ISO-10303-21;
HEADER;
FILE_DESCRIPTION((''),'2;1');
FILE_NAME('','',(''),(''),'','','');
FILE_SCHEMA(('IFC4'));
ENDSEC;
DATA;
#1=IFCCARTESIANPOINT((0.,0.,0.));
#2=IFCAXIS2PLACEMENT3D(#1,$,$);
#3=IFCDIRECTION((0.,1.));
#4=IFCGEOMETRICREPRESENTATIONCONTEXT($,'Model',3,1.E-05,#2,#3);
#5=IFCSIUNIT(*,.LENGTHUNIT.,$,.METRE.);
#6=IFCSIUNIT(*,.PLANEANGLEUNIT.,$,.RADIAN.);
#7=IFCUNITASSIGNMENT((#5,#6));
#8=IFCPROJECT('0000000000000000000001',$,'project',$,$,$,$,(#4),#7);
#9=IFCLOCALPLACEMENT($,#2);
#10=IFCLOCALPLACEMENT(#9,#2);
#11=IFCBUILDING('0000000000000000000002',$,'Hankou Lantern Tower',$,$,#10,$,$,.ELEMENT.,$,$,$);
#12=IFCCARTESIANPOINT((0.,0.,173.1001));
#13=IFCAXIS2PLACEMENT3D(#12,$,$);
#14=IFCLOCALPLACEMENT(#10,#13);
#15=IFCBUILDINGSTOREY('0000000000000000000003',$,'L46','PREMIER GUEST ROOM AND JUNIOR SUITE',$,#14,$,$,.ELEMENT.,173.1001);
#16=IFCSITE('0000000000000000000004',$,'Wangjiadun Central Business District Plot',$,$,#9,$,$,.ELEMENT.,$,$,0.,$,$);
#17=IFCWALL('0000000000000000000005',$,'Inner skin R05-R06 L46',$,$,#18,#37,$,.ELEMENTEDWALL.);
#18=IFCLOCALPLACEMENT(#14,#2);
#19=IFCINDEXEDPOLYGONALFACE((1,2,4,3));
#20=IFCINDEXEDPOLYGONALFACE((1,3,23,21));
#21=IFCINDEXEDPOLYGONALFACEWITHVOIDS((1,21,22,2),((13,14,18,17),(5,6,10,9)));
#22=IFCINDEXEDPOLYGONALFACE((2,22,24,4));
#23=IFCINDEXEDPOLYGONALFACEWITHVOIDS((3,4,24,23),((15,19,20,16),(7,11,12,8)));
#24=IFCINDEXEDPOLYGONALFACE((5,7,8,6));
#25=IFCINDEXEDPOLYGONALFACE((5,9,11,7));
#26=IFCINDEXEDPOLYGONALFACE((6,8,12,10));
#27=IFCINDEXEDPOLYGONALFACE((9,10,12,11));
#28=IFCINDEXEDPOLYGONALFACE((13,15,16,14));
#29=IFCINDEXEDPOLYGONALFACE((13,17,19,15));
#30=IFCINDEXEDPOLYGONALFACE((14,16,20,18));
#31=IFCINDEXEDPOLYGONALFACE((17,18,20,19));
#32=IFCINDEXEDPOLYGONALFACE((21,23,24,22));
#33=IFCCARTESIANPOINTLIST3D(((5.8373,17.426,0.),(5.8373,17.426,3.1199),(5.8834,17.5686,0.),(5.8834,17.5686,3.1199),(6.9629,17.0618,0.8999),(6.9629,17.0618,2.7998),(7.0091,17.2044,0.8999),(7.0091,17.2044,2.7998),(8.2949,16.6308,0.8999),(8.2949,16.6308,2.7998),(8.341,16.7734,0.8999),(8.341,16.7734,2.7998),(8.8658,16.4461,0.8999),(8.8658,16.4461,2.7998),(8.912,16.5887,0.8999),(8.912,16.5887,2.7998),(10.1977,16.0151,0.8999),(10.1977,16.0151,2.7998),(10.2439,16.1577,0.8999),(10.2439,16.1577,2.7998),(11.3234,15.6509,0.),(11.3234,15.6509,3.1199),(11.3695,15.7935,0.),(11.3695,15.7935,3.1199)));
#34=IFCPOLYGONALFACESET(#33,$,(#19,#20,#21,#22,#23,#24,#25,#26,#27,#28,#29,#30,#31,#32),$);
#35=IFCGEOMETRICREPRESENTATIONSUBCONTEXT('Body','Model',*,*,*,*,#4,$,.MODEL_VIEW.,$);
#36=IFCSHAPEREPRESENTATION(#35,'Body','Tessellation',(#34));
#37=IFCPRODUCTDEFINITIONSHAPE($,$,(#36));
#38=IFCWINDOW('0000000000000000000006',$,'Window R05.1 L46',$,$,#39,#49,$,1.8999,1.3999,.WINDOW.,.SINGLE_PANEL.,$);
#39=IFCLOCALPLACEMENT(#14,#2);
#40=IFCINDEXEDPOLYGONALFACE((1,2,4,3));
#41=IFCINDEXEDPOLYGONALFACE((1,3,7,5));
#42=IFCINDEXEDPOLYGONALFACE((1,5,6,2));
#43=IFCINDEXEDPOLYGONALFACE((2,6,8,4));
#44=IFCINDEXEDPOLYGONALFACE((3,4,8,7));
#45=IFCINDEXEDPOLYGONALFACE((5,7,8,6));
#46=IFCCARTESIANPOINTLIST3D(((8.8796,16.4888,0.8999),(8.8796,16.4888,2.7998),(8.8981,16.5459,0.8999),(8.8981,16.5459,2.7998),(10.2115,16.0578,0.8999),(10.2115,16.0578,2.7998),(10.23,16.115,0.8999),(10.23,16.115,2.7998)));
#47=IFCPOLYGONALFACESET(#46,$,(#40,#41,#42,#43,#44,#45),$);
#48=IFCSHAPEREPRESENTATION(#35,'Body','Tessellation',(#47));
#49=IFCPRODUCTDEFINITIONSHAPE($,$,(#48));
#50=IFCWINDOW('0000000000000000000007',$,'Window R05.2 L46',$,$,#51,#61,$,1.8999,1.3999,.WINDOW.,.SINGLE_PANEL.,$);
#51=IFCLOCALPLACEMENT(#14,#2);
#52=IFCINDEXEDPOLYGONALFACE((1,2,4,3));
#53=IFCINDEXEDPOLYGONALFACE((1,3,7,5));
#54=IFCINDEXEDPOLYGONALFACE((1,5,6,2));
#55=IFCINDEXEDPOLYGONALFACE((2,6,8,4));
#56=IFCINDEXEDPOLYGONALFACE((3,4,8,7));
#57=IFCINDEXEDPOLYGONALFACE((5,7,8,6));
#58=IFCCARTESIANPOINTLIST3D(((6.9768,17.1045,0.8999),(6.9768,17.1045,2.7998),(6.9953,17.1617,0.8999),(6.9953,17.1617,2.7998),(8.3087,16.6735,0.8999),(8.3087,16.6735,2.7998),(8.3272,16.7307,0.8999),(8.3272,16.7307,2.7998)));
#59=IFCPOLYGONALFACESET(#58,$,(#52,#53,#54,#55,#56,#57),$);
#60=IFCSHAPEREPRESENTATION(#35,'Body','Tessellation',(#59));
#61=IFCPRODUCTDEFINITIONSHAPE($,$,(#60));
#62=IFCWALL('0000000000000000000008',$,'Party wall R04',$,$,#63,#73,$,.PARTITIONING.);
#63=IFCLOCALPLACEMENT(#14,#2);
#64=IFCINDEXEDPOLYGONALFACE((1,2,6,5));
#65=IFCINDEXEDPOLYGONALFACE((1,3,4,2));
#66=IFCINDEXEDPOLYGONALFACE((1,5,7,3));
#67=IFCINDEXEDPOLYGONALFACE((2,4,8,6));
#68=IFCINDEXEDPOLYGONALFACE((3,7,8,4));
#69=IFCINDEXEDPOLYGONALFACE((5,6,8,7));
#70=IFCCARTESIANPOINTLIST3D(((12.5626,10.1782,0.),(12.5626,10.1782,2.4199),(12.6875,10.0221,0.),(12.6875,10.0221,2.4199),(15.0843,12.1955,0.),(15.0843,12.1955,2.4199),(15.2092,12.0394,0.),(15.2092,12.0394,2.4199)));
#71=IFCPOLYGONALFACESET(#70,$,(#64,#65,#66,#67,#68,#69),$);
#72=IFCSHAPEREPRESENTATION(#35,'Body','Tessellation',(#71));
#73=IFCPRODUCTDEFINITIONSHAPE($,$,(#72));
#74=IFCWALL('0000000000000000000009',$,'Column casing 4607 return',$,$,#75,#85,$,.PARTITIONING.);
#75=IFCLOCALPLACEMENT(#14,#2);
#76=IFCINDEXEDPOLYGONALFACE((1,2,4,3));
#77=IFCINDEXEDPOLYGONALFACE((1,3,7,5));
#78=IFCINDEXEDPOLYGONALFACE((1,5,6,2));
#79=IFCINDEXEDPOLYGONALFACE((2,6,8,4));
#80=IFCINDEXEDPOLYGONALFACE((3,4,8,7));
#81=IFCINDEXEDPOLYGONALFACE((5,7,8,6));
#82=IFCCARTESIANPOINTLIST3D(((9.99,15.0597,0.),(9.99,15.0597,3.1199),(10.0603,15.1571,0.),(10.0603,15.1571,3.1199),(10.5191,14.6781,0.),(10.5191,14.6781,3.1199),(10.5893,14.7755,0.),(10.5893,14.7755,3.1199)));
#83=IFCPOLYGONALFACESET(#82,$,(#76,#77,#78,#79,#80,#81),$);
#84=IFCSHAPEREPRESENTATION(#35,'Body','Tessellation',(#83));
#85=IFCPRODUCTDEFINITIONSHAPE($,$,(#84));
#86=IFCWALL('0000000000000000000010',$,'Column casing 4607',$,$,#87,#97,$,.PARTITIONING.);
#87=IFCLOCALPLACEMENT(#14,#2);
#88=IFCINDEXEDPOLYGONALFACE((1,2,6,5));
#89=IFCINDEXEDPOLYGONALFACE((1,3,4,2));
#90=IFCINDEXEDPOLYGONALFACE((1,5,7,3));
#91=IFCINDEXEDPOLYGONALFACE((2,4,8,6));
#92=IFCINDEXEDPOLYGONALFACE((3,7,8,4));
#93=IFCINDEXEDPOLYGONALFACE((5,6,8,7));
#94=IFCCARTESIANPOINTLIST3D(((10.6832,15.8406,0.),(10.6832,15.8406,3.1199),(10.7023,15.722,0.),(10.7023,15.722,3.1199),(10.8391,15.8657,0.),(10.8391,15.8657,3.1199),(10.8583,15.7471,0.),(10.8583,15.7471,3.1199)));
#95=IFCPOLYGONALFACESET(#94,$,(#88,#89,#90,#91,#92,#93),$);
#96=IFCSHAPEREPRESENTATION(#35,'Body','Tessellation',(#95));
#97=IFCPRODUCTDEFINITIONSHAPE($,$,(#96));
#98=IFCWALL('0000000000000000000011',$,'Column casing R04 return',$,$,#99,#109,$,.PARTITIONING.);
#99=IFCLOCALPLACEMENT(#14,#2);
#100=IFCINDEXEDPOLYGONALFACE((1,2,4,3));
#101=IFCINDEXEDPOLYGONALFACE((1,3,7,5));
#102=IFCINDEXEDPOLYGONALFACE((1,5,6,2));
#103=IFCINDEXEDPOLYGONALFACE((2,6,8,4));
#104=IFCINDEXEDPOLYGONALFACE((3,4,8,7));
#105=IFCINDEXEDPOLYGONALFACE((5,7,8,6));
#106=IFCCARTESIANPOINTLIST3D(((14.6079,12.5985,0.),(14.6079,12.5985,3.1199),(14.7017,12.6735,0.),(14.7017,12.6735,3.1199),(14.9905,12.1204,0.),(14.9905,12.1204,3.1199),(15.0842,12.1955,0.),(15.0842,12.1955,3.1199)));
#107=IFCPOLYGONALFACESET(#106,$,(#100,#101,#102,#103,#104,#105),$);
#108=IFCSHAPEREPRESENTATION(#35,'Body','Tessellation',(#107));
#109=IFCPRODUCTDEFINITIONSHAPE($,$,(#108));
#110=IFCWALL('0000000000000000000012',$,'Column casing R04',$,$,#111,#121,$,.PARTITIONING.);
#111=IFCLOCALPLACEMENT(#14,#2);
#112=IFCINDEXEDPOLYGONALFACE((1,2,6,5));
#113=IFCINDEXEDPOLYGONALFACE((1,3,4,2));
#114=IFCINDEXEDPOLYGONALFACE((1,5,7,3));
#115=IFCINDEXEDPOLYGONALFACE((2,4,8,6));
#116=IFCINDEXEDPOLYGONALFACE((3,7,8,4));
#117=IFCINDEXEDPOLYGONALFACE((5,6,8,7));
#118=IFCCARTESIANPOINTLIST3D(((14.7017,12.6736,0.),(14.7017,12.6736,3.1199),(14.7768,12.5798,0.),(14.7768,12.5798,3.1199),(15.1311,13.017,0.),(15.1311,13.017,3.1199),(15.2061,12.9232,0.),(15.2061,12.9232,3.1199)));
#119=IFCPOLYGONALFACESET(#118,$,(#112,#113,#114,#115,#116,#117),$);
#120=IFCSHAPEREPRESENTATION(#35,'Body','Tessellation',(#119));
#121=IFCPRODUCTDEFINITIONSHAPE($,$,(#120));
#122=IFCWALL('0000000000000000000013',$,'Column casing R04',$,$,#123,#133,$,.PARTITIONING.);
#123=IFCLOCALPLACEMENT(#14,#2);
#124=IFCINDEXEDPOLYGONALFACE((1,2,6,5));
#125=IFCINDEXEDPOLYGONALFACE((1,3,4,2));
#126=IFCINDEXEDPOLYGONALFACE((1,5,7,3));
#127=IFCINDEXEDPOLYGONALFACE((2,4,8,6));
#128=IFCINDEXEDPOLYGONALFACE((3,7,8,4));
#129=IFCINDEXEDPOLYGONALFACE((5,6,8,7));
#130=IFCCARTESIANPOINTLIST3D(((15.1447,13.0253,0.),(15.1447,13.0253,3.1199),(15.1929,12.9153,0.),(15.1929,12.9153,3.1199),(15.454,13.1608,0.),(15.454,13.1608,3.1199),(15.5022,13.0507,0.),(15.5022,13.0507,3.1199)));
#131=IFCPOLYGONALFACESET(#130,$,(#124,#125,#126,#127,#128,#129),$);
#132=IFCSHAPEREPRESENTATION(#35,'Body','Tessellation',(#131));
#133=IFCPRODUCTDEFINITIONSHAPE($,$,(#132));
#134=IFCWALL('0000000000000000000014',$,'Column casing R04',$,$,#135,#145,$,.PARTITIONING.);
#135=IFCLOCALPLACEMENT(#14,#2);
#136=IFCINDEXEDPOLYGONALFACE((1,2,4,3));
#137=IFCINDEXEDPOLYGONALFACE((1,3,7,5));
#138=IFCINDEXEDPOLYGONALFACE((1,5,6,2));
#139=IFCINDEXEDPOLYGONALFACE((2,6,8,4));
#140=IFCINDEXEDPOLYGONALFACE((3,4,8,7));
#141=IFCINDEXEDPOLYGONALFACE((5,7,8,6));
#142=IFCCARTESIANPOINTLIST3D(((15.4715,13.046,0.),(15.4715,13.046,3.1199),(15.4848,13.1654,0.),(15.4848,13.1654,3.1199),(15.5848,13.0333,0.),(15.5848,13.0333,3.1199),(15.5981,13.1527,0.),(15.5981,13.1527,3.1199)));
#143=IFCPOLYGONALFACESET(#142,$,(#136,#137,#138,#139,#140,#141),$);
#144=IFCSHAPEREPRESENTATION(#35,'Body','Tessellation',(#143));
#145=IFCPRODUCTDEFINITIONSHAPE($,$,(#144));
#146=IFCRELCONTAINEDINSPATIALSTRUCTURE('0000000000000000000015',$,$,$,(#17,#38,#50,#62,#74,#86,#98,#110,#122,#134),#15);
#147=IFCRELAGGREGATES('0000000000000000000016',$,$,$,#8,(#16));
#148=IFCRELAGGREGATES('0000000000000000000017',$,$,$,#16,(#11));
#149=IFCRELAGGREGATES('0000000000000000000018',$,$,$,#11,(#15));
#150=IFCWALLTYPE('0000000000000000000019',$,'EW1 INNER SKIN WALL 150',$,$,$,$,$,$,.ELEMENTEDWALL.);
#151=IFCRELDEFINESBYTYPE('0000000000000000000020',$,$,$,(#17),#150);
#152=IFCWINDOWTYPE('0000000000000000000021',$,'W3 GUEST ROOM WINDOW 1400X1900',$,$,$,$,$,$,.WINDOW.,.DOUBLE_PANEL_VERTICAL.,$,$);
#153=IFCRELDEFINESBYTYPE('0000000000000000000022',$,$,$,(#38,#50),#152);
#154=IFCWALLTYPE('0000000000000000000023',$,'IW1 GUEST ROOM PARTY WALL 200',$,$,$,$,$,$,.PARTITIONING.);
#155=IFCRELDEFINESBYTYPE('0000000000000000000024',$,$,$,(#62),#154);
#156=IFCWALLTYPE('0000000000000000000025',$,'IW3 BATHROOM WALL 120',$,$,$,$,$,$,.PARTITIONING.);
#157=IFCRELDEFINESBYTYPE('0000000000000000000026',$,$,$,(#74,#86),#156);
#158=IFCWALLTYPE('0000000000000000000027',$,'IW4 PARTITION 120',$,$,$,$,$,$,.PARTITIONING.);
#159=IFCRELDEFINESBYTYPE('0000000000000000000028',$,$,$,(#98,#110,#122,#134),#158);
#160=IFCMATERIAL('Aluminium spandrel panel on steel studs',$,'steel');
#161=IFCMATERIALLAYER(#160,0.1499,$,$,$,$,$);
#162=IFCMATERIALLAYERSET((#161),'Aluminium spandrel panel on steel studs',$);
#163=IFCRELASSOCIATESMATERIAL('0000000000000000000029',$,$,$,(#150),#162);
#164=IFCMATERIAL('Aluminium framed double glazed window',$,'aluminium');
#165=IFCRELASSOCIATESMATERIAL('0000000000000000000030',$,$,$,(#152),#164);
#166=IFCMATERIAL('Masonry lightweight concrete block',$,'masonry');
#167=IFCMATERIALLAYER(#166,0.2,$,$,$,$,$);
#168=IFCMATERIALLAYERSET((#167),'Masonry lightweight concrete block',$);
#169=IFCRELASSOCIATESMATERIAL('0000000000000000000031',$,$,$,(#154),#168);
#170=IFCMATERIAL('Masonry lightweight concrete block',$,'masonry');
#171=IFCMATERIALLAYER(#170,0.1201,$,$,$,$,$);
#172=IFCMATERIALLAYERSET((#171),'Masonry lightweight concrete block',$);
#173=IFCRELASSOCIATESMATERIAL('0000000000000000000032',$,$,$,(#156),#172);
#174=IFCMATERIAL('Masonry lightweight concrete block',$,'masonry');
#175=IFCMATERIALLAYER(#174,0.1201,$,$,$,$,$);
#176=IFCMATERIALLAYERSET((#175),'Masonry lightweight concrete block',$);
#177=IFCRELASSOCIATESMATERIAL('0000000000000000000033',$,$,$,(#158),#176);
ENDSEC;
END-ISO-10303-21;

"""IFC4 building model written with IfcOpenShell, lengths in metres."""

from ifc_helpers import new_model, si_unit, direction, frame, frame_2d, origin, place, context, subcontext, project, spatial, rectangle, extrude, material, layer, layer_set, type_object, element, fill, save


model = new_model("IFC4")

# Units and contexts
model_context = context("Model", 3, precision=1e-05, world=origin(), true_north=direction((0.0, 1.0)))
body_context = subcontext(model_context, "Body", "Model", "MODEL_VIEW")
ifc_project = project(units=[si_unit("LENGTHUNIT", "METRE"), si_unit("PLANEANGLEUNIT", "RADIAN")], contexts=[model_context])

# Site, building, storey
site_placement = place(None, origin())
site = spatial("IfcSite", under=ifc_project, at=site_placement, Name="Wangjiadun Central Business District Plot", CompositionType="ELEMENT", RefElevation=0.0)
building_placement = place(site_placement, origin())
building = spatial("IfcBuilding", under=site, at=building_placement, Name="Hankou Lantern Tower", CompositionType="ELEMENT")
storey_placement = place(building_placement, frame((0.0, 0.0, 173.1001)))
storey = spatial("IfcBuildingStorey", under=building, at=storey_placement, Name="L46", Description="PREMIER GUEST ROOM AND JUNIOR SUITE", CompositionType="ELEMENT", Elevation=173.1001)

# Wall, openings, windows
ifc_material_1 = material(Name="Aluminium spandrel panel on steel studs", Category="steel")
ifc_layer_1 = layer(ifc_material_1, 0.1499)
ifc_layer_set_1 = layer_set([ifc_layer_1], Name="Aluminium spandrel panel on steel studs")
wall_type_1 = type_object("IfcWallType", Name="EW1 INNER SKIN WALL 150", PredefinedType="ELEMENTEDWALL", material=ifc_layer_set_1)
ifc_material_2 = material(Name="Aluminium framed double glazed window", Category="aluminium")
window_type = type_object("IfcWindowType", Name="W3 GUEST ROOM WINDOW 1400X1900", PartitioningType="DOUBLE_PANEL_VERTICAL", PredefinedType="WINDOW", material=ifc_material_2)
wall_1_placement = place(storey_placement, frame((11.3464, 15.7222, 0.0), z_axis=(0.0, 0.0, 1.0), x_axis=(-0.951432, 0.307857, 0.0)))
wall_1 = element("IfcWall", 1, at=wall_1_placement, inside=storey, type_object=wall_type_1, Name="Inner skin R05-R06 L46", PredefinedType="ELEMENTEDWALL", context=body_context, shape_type="SweptSolid", body=[
    extrude(rectangle(XDim=5.7661, YDim=0.1499, at=frame_2d((2.8831, 0.0))), origin(), (0.0, 0.0, 1.0), 3.1199),
])
opening_1_placement = place(wall_1_placement, frame((1.1831, 0.0, 0.8999)))
opening_1 = element("IfcOpeningElement", 2, at=opening_1_placement, cuts=wall_1, PredefinedType="OPENING", context=body_context, shape_type="SweptSolid", body=[
    extrude(rectangle(XDim=1.3999, YDim=1.8999, at=frame_2d((0.7, 0.95))), frame((0.0, 0.085, 0.0), z_axis=(0.0, -1.0, 0.0), x_axis=(1.0, 0.0, 0.0)), (0.0, 0.0, 1.0), 0.1699),
])
opening_2_placement = place(wall_1_placement, frame((3.1831, 0.0, 0.8999)))
opening_2 = element("IfcOpeningElement", 3, at=opening_2_placement, cuts=wall_1, PredefinedType="OPENING", context=body_context, shape_type="SweptSolid", body=[
    extrude(rectangle(XDim=1.3999, YDim=1.8999, at=frame_2d((0.7, 0.95))), frame((0.0, 0.085, 0.0), z_axis=(0.0, -1.0, 0.0), x_axis=(1.0, 0.0, 0.0)), (0.0, 0.0, 1.0), 0.1699),
])
window_1_placement = place(opening_1_placement, origin())
window_1 = element("IfcWindow", 4, at=window_1_placement, inside=storey, type_object=window_type, Name="Window R05.1 L46", OverallHeight=1.8999, OverallWidth=1.3999, PartitioningType="SINGLE_PANEL", PredefinedType="WINDOW", context=body_context, shape_type="SweptSolid", body=[
    extrude(rectangle(XDim=1.3999, YDim=1.8999, at=frame_2d((0.7, 0.95))), frame((0.0, 0.03, 0.0), z_axis=(0.0, -1.0, 0.0), x_axis=(1.0, 0.0, 0.0)), (0.0, 0.0, 1.0), 0.0601),
])
fill(opening_1, window_1)
window_2_placement = place(opening_2_placement, origin())
window_2 = element("IfcWindow", 5, at=window_2_placement, inside=storey, type_object=window_type, Name="Window R05.2 L46", OverallHeight=1.8999, OverallWidth=1.3999, PartitioningType="SINGLE_PANEL", PredefinedType="WINDOW", context=body_context, shape_type="SweptSolid", body=[
    extrude(rectangle(XDim=1.3999, YDim=1.8999, at=frame_2d((0.7, 0.95))), frame((0.0, 0.03, 0.0), z_axis=(0.0, -1.0, 0.0), x_axis=(1.0, 0.0, 0.0)), (0.0, 0.0, 1.0), 0.0601),
])
fill(opening_2, window_2)

# Walls
ifc_material_3 = material(Name="Masonry lightweight concrete block", Category="masonry")
ifc_layer_2 = layer(ifc_material_3, 0.2)
ifc_layer_set_2 = layer_set([ifc_layer_2], Name="Masonry lightweight concrete block")
wall_type_2 = type_object("IfcWallType", Name="IW1 GUEST ROOM PARTY WALL 200", PredefinedType="PARTITIONING", material=ifc_layer_set_2)
wall_2_placement = place(storey_placement, frame((12.625, 10.1001, 0.0), z_axis=(0.0, 0.0, 1.0), x_axis=(0.780876, 0.624686, 0.0)))
element("IfcWall", 6, at=wall_2_placement, inside=storey, type_object=wall_type_2, Name="Party wall R04", PredefinedType="PARTITIONING", context=body_context, shape_type="SweptSolid", body=[
    extrude(rectangle(XDim=3.2292, YDim=0.2, at=frame_2d((1.6147, 0.0))), origin(), (0.0, 0.0, 1.0), 2.4199),
])
ifc_material_4 = material(Name="Masonry lightweight concrete block", Category="masonry")
ifc_layer_3 = layer(ifc_material_4, 0.1201)
ifc_layer_set_3 = layer_set([ifc_layer_3], Name="Masonry lightweight concrete block")
wall_type_3 = type_object("IfcWallType", Name="IW3 BATHROOM WALL 120", PredefinedType="PARTITIONING", material=ifc_layer_set_3)
wall_3_placement = place(storey_placement, frame((10.5542, 14.7268, 0.0), z_axis=(0.0, 0.0, 1.0), x_axis=(-0.811044, 0.584985, 0.0)))
element("IfcWall", 7, at=wall_3_placement, inside=storey, type_object=wall_type_3, Name="Column casing 4607 return", PredefinedType="PARTITIONING", context=body_context, shape_type="SweptSolid", body=[
    extrude(rectangle(XDim=0.6523, YDim=0.1201, at=frame_2d((0.3262, 0.0))), origin(), (0.0, 0.0, 1.0), 3.1199),
])
wall_4_placement = place(storey_placement, frame((10.6926, 15.7812, 0.0), z_axis=(0.0, 0.0, 1.0), x_axis=(0.987257, 0.159135, 0.0)))
element("IfcWall", 8, at=wall_4_placement, inside=storey, type_object=wall_type_3, Name="Column casing 4607", PredefinedType="PARTITIONING", context=body_context, shape_type="SweptSolid", body=[
    extrude(rectangle(XDim=0.158, YDim=0.1201, at=frame_2d((0.0791, 0.0))), origin(), (0.0, 0.0, 1.0), 3.1199),
])
ifc_material_5 = material(Name="Masonry lightweight concrete block", Category="masonry")
ifc_layer_4 = layer(ifc_material_5, 0.1201)
ifc_layer_set_4 = layer_set([ifc_layer_4], Name="Masonry lightweight concrete block")
wall_type_4 = type_object("IfcWallType", Name="IW4 PARTITION 120", PredefinedType="PARTITIONING", material=ifc_layer_set_4)
wall_5_placement = place(storey_placement, frame((15.0374, 12.158, 0.0), z_axis=(0.0, 0.0, 1.0), x_axis=(-0.624841, 0.780752, 0.0)))
element("IfcWall", 9, at=wall_5_placement, inside=storey, type_object=wall_type_4, Name="Column casing R04 return", PredefinedType="PARTITIONING", context=body_context, shape_type="SweptSolid", body=[
    extrude(rectangle(XDim=0.6123, YDim=0.1201, at=frame_2d((0.3062, 0.0))), origin(), (0.0, 0.0, 1.0), 3.1199),
])
wall_6_placement = place(storey_placement, frame((14.7393, 12.6267, 0.0), z_axis=(0.0, 0.0, 1.0), x_axis=(0.780912, 0.624641, 0.0)))
element("IfcWall", 10, at=wall_6_placement, inside=storey, type_object=wall_type_4, Name="Column casing R04", PredefinedType="PARTITIONING", context=body_context, shape_type="SweptSolid", body=[
    extrude(rectangle(XDim=0.5498, YDim=0.1201, at=frame_2d((0.2749, 0.0))), origin(), (0.0, 0.0, 1.0), 3.1199),
])
wall_7_placement = place(storey_placement, frame((15.1687, 12.9702, 0.0), z_axis=(0.0, 0.0, 1.0), x_axis=(0.915975, 0.401236, 0.0)))
element("IfcWall", 11, at=wall_7_placement, inside=storey, type_object=wall_type_4, Name="Column casing R04", PredefinedType="PARTITIONING", context=body_context, shape_type="SweptSolid", body=[
    extrude(rectangle(XDim=0.3376, YDim=0.1201, at=frame_2d((0.1689, 0.0))), origin(), (0.0, 0.0, 1.0), 3.1199),
])
wall_8_placement = place(storey_placement, frame((15.478, 13.1057, 0.0), z_axis=(0.0, 0.0, 1.0), x_axis=(0.993779, -0.111372, 0.0)))
element("IfcWall", 12, at=wall_8_placement, inside=storey, type_object=wall_type_4, Name="Column casing R04", PredefinedType="PARTITIONING", context=body_context, shape_type="SweptSolid", body=[
    extrude(rectangle(XDim=0.114, YDim=0.1201, at=frame_2d((0.0571, 0.0))), origin(), (0.0, 0.0, 1.0), 3.1199),
])

save(model, "model.ifc")
